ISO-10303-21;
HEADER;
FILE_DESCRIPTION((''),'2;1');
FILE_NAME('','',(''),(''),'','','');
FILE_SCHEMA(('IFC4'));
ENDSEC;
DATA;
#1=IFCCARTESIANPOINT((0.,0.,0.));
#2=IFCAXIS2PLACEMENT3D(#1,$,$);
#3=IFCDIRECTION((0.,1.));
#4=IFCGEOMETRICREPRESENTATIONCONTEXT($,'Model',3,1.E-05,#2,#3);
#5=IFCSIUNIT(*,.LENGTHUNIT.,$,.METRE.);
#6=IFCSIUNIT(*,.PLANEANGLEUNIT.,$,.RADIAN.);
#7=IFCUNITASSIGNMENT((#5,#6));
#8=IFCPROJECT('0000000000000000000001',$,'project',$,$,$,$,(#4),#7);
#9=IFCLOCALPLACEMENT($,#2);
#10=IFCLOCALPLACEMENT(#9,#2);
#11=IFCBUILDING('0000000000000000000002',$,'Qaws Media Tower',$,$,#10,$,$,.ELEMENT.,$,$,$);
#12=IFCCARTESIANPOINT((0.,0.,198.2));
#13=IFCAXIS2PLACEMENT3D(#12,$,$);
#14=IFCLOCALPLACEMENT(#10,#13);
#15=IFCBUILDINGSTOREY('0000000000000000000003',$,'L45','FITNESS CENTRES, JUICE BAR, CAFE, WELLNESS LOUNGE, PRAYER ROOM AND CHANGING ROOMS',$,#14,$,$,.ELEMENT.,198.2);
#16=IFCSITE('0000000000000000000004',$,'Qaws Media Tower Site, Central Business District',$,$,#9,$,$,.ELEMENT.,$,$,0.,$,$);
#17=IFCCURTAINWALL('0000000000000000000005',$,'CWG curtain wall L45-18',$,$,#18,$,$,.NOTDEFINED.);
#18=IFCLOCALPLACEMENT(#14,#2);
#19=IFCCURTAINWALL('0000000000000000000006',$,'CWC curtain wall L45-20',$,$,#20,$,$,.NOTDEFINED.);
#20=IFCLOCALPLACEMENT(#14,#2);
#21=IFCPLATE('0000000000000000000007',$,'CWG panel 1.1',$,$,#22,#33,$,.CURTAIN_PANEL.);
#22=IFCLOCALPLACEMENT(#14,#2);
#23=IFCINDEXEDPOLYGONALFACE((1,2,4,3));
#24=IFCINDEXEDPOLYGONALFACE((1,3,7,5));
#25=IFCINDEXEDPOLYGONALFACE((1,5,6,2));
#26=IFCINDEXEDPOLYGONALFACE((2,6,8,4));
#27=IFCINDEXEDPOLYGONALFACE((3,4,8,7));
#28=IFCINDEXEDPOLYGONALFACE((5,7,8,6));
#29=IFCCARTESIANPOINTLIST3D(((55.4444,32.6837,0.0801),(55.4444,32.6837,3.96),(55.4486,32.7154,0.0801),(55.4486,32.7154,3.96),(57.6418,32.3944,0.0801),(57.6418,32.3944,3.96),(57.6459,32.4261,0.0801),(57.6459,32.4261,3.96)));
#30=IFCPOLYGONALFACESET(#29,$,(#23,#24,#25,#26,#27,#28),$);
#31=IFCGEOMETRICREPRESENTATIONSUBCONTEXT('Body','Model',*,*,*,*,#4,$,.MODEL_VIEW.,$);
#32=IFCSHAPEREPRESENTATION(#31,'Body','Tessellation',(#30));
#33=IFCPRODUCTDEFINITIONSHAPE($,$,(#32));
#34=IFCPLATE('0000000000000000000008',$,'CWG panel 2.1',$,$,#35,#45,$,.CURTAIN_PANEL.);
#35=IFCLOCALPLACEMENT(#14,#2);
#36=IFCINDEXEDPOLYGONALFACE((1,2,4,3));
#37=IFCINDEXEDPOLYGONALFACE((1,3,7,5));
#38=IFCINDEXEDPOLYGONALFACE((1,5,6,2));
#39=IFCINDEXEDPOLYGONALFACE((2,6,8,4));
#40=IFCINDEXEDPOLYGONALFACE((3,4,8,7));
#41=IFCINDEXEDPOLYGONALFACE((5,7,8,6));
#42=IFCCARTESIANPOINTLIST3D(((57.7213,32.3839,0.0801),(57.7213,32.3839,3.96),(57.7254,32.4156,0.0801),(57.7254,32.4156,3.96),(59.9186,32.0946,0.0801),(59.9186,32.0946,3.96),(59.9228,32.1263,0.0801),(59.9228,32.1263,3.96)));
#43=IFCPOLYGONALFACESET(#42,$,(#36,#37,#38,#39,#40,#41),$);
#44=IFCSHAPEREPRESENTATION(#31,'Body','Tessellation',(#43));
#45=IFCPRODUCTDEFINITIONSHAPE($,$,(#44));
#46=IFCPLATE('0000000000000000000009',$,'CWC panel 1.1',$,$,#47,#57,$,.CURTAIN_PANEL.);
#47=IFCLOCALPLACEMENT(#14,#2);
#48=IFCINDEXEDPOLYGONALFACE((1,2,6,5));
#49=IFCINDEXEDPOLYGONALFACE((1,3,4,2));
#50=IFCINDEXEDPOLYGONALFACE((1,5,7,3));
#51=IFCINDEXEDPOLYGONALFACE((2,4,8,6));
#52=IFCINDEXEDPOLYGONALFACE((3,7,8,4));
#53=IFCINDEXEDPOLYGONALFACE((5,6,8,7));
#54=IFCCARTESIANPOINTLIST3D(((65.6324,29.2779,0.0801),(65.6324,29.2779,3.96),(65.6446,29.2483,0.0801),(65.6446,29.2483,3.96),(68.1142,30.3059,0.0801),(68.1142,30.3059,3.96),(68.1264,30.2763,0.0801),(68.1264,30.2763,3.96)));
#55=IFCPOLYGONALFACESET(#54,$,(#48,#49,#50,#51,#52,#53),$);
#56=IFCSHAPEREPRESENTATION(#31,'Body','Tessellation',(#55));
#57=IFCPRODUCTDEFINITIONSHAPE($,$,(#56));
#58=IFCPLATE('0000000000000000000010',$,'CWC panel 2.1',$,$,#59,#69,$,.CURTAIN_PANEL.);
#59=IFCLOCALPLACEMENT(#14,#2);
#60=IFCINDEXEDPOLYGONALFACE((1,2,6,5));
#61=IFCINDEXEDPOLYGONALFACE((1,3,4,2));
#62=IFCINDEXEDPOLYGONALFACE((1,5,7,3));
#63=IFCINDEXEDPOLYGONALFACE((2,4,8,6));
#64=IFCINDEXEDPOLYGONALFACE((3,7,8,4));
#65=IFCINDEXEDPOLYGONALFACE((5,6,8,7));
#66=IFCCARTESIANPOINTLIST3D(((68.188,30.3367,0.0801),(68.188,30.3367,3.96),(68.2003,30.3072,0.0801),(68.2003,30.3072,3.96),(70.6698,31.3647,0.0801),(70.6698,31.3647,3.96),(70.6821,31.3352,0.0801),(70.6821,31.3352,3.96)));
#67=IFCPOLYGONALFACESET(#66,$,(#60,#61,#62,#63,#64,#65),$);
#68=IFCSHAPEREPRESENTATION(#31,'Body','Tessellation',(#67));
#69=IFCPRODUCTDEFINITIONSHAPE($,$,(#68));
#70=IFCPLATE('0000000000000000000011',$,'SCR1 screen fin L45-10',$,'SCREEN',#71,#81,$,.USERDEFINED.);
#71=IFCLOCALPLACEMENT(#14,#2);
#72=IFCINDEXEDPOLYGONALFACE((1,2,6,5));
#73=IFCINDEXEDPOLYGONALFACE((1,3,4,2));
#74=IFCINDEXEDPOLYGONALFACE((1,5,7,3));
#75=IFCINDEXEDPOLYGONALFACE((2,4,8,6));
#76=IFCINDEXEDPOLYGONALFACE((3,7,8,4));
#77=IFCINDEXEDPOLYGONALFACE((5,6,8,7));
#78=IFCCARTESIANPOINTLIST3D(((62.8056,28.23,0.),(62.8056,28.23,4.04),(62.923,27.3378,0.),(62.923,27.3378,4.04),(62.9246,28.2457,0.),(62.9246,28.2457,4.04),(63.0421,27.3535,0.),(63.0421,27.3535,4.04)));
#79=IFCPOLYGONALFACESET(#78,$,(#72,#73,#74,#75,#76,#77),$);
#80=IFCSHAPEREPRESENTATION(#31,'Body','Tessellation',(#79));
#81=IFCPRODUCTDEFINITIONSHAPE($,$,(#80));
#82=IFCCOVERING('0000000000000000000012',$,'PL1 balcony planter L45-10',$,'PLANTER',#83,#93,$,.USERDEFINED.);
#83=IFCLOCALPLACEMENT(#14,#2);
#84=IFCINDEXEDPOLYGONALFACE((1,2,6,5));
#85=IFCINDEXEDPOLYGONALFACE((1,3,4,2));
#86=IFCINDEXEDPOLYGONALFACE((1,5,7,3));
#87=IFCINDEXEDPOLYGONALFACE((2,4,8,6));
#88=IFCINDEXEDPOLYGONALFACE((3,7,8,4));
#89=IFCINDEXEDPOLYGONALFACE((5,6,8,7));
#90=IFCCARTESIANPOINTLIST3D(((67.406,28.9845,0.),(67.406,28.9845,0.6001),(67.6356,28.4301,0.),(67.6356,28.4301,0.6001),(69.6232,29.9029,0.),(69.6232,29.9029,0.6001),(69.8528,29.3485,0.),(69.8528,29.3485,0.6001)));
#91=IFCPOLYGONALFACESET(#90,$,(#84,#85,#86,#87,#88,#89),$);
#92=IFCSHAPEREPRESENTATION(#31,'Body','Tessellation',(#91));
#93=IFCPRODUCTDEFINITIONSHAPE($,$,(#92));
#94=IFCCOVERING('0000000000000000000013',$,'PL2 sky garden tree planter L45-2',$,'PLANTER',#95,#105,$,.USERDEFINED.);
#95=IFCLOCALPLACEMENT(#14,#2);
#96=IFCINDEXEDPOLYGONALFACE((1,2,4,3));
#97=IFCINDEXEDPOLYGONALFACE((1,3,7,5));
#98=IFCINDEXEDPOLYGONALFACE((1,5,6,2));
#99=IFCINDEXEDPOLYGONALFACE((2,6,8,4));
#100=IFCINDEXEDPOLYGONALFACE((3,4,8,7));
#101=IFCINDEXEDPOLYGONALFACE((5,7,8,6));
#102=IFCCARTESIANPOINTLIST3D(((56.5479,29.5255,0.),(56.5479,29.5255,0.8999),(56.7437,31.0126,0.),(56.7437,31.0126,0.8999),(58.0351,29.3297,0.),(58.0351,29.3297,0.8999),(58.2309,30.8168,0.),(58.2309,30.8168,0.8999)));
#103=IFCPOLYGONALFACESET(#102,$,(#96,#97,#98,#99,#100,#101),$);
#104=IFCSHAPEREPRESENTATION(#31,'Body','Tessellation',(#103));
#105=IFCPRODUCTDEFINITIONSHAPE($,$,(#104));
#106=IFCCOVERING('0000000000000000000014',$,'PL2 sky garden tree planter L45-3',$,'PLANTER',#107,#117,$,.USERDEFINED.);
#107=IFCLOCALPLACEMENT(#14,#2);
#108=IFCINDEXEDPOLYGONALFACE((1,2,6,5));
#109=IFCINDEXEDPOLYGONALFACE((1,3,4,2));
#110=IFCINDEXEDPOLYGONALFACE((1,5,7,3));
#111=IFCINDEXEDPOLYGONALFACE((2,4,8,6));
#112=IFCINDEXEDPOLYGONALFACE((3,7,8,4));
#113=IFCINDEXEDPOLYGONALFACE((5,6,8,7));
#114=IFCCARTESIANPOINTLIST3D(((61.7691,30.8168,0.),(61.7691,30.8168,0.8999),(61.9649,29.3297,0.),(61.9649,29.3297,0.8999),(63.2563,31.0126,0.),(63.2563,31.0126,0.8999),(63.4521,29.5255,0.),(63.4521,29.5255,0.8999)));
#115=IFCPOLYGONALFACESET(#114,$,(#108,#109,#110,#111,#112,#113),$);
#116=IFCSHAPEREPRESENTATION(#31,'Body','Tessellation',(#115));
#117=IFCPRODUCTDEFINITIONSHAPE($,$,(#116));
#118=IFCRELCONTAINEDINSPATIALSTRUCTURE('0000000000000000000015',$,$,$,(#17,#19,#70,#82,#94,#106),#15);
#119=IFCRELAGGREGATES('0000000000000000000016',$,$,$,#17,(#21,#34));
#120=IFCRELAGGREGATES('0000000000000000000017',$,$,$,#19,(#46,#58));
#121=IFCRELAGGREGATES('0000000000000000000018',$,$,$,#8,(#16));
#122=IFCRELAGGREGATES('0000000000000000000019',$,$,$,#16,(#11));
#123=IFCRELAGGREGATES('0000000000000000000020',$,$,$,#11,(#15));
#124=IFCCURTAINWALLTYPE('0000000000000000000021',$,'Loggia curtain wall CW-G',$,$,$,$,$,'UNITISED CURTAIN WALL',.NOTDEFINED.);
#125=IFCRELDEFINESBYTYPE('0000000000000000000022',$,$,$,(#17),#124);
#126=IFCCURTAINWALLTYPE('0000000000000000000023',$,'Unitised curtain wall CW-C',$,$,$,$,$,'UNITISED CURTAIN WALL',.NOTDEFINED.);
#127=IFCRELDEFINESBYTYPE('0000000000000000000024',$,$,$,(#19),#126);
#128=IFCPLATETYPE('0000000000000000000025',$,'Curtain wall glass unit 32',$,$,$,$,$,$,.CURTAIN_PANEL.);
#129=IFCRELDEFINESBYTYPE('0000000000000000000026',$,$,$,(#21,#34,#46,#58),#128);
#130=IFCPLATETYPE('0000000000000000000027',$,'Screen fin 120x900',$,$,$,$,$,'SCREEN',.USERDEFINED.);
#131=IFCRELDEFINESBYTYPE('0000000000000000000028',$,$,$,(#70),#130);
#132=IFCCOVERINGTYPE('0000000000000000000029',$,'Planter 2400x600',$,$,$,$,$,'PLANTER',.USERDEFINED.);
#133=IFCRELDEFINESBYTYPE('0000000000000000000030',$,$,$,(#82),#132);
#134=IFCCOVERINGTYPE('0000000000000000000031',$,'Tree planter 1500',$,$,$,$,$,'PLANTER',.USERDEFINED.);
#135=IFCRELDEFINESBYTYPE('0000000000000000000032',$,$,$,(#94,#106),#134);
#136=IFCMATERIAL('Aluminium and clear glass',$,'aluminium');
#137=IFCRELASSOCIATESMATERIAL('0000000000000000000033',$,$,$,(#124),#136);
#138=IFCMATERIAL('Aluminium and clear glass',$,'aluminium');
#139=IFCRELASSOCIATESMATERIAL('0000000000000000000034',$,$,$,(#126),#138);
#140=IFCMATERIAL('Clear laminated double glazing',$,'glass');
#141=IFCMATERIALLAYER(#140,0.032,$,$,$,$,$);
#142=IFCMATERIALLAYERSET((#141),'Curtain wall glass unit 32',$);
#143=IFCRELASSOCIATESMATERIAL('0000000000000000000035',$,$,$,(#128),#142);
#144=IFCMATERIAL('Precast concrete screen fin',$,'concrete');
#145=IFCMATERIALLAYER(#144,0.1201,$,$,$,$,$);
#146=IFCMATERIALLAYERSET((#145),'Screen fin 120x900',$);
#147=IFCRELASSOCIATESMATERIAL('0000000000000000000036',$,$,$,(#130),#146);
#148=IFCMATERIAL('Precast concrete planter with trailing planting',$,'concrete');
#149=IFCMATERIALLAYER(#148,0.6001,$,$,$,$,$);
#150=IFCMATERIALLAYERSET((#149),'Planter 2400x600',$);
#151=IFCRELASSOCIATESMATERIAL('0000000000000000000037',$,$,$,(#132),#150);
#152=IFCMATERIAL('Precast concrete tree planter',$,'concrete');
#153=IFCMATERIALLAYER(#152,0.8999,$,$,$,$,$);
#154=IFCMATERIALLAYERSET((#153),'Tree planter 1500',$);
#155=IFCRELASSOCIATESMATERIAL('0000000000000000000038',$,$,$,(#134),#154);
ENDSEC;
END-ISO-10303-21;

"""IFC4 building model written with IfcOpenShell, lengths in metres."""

from ifc_helpers import new_model, si_unit, direction, frame, origin, origin_2d, place, context, subcontext, project, spatial, rectangle, extrude, material, layer, layer_set, type_object, element, aggregate, save


model = new_model("IFC4")

# Units and contexts
model_context = context("Model", 3, precision=1e-05, world=origin(), true_north=direction((0.0, 1.0)))
body_context = subcontext(model_context, "Body", "Model", "MODEL_VIEW")
ifc_project = project(units=[si_unit("LENGTHUNIT", "METRE"), si_unit("PLANEANGLEUNIT", "RADIAN")], contexts=[model_context])

# Site, building, storey
site_placement = place(None, origin())
site = spatial("IfcSite", under=ifc_project, at=site_placement, Name="Qaws Media Tower Site, Central Business District", CompositionType="ELEMENT", RefElevation=0.0)
building_placement = place(site_placement, origin())
building = spatial("IfcBuilding", under=site, at=building_placement, Name="Qaws Media Tower", CompositionType="ELEMENT")
storey_placement = place(building_placement, frame((0.0, 0.0, 198.2)))
storey = spatial("IfcBuildingStorey", under=building, at=storey_placement, Name="L45", Description="FITNESS CENTRES, JUICE BAR, CAFE, WELLNESS LOUNGE, PRAYER ROOM AND CHANGING ROOMS", CompositionType="ELEMENT", Elevation=198.2)

# Curtain walls
ifc_material_1 = material(Name="Aluminium and clear glass", Category="aluminium")
curtain_wall_type_1 = type_object("IfcCurtainWallType", Name="Loggia curtain wall CW-G", ElementType="UNITISED CURTAIN WALL", PredefinedType="NOTDEFINED", material=ifc_material_1)
curtain_wall_1_placement = place(storey_placement, origin())
curtain_wall_1 = element("IfcCurtainWall", 1, at=curtain_wall_1_placement, inside=storey, type_object=curtain_wall_type_1, Name="CWG curtain wall L45-18", PredefinedType="NOTDEFINED")
ifc_material_2 = material(Name="Aluminium and clear glass", Category="aluminium")
curtain_wall_type_2 = type_object("IfcCurtainWallType", Name="Unitised curtain wall CW-C", ElementType="UNITISED CURTAIN WALL", PredefinedType="NOTDEFINED", material=ifc_material_2)
curtain_wall_2_placement = place(storey_placement, origin())
curtain_wall_2 = element("IfcCurtainWall", 2, at=curtain_wall_2_placement, inside=storey, type_object=curtain_wall_type_2, Name="CWC curtain wall L45-20", PredefinedType="NOTDEFINED")

# Plates
ifc_material_3 = material(Name="Clear laminated double glazing", Category="glass")
ifc_layer_1 = layer(ifc_material_3, 0.032)
ifc_layer_set_1 = layer_set([ifc_layer_1], Name="Curtain wall glass unit 32")
plate_type_1 = type_object("IfcPlateType", Name="Curtain wall glass unit 32", PredefinedType="CURTAIN_PANEL", material=ifc_layer_set_1)
plate_1_placement = place(storey_placement, frame((56.5452, 32.5549, 0.0801), z_axis=(0.0, 0.0, 1.0), x_axis=(0.991445, -0.130526, 0.0)))
plate_1 = element("IfcPlate", 3, at=plate_1_placement, type_object=plate_type_1, Name="CWG panel 1.1", PredefinedType="CURTAIN_PANEL", context=body_context, shape_type="SweptSolid", body=[
    extrude(rectangle(XDim=2.2163, YDim=0.032, at=origin_2d()), origin(), (0.0, 0.0, 1.0), 3.8799),
])
plate_2_placement = place(storey_placement, frame((58.822, 32.2551, 0.0801), z_axis=(0.0, 0.0, 1.0), x_axis=(0.991445, -0.130526, 0.0)))
plate_2 = element("IfcPlate", 4, at=plate_2_placement, type_object=plate_type_1, Name="CWG panel 2.1", PredefinedType="CURTAIN_PANEL", context=body_context, shape_type="SweptSolid", body=[
    extrude(rectangle(XDim=2.2163, YDim=0.032, at=origin_2d()), origin(), (0.0, 0.0, 1.0), 3.8799),
])
aggregate(curtain_wall_1, [plate_1, plate_2])
plate_3_placement = place(storey_placement, frame((66.8794, 29.7771, 0.0801), z_axis=(0.0, 0.0, 1.0), x_axis=(0.92388, 0.382683, 0.0)))
plate_3 = element("IfcPlate", 5, at=plate_3_placement, type_object=plate_type_1, Name="CWC panel 1.1", PredefinedType="CURTAIN_PANEL", context=body_context, shape_type="SweptSolid", body=[
    extrude(rectangle(XDim=2.6863, YDim=0.032, at=origin_2d()), origin(), (0.0, 0.0, 1.0), 3.8799),
])
plate_4_placement = place(storey_placement, frame((69.4351, 30.8359, 0.0801), z_axis=(0.0, 0.0, 1.0), x_axis=(0.92388, 0.382683, 0.0)))
plate_4 = element("IfcPlate", 6, at=plate_4_placement, type_object=plate_type_1, Name="CWC panel 2.1", PredefinedType="CURTAIN_PANEL", context=body_context, shape_type="SweptSolid", body=[
    extrude(rectangle(XDim=2.6863, YDim=0.032, at=origin_2d()), origin(), (0.0, 0.0, 1.0), 3.8799),
])
aggregate(curtain_wall_2, [plate_3, plate_4])
ifc_material_4 = material(Name="Precast concrete screen fin", Category="concrete")
ifc_layer_2 = layer(ifc_material_4, 0.1201)
ifc_layer_set_2 = layer_set([ifc_layer_2], Name="Screen fin 120x900")
plate_type_2 = type_object("IfcPlateType", Name="Screen fin 120x900", ElementType="SCREEN", PredefinedType="USERDEFINED", material=ifc_layer_set_2)
plate_5_placement = place(storey_placement, frame((62.9238, 27.7917, 0.0), z_axis=(0.0, 0.0, 1.0), x_axis=(0.130526, -0.991445, 0.0)))
element("IfcPlate", 7, at=plate_5_placement, inside=storey, type_object=plate_type_2, Name="SCR1 screen fin L45-10", ObjectType="SCREEN", PredefinedType="USERDEFINED", context=body_context, shape_type="SweptSolid", body=[
    extrude(rectangle(XDim=0.8999, YDim=0.1201, at=origin_2d()), origin(), (0.0, 0.0, 1.0), 4.04),
])

# Coverings
ifc_material_5 = material(Name="Precast concrete planter with trailing planting", Category="concrete")
ifc_layer_3 = layer(ifc_material_5, 0.6001)
ifc_layer_set_3 = layer_set([ifc_layer_3], Name="Planter 2400x600")
covering_type_1 = type_object("IfcCoveringType", Name="Planter 2400x600", ElementType="PLANTER", PredefinedType="USERDEFINED", material=ifc_layer_set_3)
covering_placement = place(storey_placement, frame((68.6294, 29.1665, 0.0), z_axis=(0.0, 0.0, 1.0), x_axis=(0.92388, 0.382683, 0.0)))
element("IfcCovering", 8, at=covering_placement, inside=storey, type_object=covering_type_1, Name="PL1 balcony planter L45-10", ObjectType="PLANTER", PredefinedType="USERDEFINED", context=body_context, shape_type="SweptSolid", body=[
    extrude(rectangle(XDim=2.3999, YDim=0.6001, at=origin_2d()), origin(), (0.0, 0.0, 1.0), 0.6001),
])
ifc_material_6 = material(Name="Precast concrete tree planter", Category="concrete")
ifc_layer_4 = layer(ifc_material_6, 0.8999)
ifc_layer_set_4 = layer_set([ifc_layer_4], Name="Tree planter 1500")
covering_type_2 = type_object("IfcCoveringType", Name="Tree planter 1500", ElementType="PLANTER", PredefinedType="USERDEFINED", material=ifc_layer_set_4)
for number, where, z_axis, x_axis, name in (
    (9, (57.3894, 30.1711, 0.0), (0.0, 0.0, 1.0), (-0.130526, -0.991445, 0.0), "PL2 sky garden tree planter L45-2"),
    (10, (62.6106, 30.1711, 0.0), (0.0, 0.0, 1.0), (0.130526, -0.991445, 0.0), "PL2 sky garden tree planter L45-3"),
):
    element("IfcCovering", number, at=place(storey_placement, frame(where, z_axis=z_axis, x_axis=x_axis)), inside=storey, type_object=covering_type_2, Name=name, ObjectType="PLANTER", PredefinedType="USERDEFINED", context=body_context, shape_type="SweptSolid", body=[
        extrude(rectangle(XDim=1.5, YDim=1.5, at=origin_2d()), origin(), (0.0, 0.0, 1.0), 0.8999),
    ])

save(model, "model.ifc")
